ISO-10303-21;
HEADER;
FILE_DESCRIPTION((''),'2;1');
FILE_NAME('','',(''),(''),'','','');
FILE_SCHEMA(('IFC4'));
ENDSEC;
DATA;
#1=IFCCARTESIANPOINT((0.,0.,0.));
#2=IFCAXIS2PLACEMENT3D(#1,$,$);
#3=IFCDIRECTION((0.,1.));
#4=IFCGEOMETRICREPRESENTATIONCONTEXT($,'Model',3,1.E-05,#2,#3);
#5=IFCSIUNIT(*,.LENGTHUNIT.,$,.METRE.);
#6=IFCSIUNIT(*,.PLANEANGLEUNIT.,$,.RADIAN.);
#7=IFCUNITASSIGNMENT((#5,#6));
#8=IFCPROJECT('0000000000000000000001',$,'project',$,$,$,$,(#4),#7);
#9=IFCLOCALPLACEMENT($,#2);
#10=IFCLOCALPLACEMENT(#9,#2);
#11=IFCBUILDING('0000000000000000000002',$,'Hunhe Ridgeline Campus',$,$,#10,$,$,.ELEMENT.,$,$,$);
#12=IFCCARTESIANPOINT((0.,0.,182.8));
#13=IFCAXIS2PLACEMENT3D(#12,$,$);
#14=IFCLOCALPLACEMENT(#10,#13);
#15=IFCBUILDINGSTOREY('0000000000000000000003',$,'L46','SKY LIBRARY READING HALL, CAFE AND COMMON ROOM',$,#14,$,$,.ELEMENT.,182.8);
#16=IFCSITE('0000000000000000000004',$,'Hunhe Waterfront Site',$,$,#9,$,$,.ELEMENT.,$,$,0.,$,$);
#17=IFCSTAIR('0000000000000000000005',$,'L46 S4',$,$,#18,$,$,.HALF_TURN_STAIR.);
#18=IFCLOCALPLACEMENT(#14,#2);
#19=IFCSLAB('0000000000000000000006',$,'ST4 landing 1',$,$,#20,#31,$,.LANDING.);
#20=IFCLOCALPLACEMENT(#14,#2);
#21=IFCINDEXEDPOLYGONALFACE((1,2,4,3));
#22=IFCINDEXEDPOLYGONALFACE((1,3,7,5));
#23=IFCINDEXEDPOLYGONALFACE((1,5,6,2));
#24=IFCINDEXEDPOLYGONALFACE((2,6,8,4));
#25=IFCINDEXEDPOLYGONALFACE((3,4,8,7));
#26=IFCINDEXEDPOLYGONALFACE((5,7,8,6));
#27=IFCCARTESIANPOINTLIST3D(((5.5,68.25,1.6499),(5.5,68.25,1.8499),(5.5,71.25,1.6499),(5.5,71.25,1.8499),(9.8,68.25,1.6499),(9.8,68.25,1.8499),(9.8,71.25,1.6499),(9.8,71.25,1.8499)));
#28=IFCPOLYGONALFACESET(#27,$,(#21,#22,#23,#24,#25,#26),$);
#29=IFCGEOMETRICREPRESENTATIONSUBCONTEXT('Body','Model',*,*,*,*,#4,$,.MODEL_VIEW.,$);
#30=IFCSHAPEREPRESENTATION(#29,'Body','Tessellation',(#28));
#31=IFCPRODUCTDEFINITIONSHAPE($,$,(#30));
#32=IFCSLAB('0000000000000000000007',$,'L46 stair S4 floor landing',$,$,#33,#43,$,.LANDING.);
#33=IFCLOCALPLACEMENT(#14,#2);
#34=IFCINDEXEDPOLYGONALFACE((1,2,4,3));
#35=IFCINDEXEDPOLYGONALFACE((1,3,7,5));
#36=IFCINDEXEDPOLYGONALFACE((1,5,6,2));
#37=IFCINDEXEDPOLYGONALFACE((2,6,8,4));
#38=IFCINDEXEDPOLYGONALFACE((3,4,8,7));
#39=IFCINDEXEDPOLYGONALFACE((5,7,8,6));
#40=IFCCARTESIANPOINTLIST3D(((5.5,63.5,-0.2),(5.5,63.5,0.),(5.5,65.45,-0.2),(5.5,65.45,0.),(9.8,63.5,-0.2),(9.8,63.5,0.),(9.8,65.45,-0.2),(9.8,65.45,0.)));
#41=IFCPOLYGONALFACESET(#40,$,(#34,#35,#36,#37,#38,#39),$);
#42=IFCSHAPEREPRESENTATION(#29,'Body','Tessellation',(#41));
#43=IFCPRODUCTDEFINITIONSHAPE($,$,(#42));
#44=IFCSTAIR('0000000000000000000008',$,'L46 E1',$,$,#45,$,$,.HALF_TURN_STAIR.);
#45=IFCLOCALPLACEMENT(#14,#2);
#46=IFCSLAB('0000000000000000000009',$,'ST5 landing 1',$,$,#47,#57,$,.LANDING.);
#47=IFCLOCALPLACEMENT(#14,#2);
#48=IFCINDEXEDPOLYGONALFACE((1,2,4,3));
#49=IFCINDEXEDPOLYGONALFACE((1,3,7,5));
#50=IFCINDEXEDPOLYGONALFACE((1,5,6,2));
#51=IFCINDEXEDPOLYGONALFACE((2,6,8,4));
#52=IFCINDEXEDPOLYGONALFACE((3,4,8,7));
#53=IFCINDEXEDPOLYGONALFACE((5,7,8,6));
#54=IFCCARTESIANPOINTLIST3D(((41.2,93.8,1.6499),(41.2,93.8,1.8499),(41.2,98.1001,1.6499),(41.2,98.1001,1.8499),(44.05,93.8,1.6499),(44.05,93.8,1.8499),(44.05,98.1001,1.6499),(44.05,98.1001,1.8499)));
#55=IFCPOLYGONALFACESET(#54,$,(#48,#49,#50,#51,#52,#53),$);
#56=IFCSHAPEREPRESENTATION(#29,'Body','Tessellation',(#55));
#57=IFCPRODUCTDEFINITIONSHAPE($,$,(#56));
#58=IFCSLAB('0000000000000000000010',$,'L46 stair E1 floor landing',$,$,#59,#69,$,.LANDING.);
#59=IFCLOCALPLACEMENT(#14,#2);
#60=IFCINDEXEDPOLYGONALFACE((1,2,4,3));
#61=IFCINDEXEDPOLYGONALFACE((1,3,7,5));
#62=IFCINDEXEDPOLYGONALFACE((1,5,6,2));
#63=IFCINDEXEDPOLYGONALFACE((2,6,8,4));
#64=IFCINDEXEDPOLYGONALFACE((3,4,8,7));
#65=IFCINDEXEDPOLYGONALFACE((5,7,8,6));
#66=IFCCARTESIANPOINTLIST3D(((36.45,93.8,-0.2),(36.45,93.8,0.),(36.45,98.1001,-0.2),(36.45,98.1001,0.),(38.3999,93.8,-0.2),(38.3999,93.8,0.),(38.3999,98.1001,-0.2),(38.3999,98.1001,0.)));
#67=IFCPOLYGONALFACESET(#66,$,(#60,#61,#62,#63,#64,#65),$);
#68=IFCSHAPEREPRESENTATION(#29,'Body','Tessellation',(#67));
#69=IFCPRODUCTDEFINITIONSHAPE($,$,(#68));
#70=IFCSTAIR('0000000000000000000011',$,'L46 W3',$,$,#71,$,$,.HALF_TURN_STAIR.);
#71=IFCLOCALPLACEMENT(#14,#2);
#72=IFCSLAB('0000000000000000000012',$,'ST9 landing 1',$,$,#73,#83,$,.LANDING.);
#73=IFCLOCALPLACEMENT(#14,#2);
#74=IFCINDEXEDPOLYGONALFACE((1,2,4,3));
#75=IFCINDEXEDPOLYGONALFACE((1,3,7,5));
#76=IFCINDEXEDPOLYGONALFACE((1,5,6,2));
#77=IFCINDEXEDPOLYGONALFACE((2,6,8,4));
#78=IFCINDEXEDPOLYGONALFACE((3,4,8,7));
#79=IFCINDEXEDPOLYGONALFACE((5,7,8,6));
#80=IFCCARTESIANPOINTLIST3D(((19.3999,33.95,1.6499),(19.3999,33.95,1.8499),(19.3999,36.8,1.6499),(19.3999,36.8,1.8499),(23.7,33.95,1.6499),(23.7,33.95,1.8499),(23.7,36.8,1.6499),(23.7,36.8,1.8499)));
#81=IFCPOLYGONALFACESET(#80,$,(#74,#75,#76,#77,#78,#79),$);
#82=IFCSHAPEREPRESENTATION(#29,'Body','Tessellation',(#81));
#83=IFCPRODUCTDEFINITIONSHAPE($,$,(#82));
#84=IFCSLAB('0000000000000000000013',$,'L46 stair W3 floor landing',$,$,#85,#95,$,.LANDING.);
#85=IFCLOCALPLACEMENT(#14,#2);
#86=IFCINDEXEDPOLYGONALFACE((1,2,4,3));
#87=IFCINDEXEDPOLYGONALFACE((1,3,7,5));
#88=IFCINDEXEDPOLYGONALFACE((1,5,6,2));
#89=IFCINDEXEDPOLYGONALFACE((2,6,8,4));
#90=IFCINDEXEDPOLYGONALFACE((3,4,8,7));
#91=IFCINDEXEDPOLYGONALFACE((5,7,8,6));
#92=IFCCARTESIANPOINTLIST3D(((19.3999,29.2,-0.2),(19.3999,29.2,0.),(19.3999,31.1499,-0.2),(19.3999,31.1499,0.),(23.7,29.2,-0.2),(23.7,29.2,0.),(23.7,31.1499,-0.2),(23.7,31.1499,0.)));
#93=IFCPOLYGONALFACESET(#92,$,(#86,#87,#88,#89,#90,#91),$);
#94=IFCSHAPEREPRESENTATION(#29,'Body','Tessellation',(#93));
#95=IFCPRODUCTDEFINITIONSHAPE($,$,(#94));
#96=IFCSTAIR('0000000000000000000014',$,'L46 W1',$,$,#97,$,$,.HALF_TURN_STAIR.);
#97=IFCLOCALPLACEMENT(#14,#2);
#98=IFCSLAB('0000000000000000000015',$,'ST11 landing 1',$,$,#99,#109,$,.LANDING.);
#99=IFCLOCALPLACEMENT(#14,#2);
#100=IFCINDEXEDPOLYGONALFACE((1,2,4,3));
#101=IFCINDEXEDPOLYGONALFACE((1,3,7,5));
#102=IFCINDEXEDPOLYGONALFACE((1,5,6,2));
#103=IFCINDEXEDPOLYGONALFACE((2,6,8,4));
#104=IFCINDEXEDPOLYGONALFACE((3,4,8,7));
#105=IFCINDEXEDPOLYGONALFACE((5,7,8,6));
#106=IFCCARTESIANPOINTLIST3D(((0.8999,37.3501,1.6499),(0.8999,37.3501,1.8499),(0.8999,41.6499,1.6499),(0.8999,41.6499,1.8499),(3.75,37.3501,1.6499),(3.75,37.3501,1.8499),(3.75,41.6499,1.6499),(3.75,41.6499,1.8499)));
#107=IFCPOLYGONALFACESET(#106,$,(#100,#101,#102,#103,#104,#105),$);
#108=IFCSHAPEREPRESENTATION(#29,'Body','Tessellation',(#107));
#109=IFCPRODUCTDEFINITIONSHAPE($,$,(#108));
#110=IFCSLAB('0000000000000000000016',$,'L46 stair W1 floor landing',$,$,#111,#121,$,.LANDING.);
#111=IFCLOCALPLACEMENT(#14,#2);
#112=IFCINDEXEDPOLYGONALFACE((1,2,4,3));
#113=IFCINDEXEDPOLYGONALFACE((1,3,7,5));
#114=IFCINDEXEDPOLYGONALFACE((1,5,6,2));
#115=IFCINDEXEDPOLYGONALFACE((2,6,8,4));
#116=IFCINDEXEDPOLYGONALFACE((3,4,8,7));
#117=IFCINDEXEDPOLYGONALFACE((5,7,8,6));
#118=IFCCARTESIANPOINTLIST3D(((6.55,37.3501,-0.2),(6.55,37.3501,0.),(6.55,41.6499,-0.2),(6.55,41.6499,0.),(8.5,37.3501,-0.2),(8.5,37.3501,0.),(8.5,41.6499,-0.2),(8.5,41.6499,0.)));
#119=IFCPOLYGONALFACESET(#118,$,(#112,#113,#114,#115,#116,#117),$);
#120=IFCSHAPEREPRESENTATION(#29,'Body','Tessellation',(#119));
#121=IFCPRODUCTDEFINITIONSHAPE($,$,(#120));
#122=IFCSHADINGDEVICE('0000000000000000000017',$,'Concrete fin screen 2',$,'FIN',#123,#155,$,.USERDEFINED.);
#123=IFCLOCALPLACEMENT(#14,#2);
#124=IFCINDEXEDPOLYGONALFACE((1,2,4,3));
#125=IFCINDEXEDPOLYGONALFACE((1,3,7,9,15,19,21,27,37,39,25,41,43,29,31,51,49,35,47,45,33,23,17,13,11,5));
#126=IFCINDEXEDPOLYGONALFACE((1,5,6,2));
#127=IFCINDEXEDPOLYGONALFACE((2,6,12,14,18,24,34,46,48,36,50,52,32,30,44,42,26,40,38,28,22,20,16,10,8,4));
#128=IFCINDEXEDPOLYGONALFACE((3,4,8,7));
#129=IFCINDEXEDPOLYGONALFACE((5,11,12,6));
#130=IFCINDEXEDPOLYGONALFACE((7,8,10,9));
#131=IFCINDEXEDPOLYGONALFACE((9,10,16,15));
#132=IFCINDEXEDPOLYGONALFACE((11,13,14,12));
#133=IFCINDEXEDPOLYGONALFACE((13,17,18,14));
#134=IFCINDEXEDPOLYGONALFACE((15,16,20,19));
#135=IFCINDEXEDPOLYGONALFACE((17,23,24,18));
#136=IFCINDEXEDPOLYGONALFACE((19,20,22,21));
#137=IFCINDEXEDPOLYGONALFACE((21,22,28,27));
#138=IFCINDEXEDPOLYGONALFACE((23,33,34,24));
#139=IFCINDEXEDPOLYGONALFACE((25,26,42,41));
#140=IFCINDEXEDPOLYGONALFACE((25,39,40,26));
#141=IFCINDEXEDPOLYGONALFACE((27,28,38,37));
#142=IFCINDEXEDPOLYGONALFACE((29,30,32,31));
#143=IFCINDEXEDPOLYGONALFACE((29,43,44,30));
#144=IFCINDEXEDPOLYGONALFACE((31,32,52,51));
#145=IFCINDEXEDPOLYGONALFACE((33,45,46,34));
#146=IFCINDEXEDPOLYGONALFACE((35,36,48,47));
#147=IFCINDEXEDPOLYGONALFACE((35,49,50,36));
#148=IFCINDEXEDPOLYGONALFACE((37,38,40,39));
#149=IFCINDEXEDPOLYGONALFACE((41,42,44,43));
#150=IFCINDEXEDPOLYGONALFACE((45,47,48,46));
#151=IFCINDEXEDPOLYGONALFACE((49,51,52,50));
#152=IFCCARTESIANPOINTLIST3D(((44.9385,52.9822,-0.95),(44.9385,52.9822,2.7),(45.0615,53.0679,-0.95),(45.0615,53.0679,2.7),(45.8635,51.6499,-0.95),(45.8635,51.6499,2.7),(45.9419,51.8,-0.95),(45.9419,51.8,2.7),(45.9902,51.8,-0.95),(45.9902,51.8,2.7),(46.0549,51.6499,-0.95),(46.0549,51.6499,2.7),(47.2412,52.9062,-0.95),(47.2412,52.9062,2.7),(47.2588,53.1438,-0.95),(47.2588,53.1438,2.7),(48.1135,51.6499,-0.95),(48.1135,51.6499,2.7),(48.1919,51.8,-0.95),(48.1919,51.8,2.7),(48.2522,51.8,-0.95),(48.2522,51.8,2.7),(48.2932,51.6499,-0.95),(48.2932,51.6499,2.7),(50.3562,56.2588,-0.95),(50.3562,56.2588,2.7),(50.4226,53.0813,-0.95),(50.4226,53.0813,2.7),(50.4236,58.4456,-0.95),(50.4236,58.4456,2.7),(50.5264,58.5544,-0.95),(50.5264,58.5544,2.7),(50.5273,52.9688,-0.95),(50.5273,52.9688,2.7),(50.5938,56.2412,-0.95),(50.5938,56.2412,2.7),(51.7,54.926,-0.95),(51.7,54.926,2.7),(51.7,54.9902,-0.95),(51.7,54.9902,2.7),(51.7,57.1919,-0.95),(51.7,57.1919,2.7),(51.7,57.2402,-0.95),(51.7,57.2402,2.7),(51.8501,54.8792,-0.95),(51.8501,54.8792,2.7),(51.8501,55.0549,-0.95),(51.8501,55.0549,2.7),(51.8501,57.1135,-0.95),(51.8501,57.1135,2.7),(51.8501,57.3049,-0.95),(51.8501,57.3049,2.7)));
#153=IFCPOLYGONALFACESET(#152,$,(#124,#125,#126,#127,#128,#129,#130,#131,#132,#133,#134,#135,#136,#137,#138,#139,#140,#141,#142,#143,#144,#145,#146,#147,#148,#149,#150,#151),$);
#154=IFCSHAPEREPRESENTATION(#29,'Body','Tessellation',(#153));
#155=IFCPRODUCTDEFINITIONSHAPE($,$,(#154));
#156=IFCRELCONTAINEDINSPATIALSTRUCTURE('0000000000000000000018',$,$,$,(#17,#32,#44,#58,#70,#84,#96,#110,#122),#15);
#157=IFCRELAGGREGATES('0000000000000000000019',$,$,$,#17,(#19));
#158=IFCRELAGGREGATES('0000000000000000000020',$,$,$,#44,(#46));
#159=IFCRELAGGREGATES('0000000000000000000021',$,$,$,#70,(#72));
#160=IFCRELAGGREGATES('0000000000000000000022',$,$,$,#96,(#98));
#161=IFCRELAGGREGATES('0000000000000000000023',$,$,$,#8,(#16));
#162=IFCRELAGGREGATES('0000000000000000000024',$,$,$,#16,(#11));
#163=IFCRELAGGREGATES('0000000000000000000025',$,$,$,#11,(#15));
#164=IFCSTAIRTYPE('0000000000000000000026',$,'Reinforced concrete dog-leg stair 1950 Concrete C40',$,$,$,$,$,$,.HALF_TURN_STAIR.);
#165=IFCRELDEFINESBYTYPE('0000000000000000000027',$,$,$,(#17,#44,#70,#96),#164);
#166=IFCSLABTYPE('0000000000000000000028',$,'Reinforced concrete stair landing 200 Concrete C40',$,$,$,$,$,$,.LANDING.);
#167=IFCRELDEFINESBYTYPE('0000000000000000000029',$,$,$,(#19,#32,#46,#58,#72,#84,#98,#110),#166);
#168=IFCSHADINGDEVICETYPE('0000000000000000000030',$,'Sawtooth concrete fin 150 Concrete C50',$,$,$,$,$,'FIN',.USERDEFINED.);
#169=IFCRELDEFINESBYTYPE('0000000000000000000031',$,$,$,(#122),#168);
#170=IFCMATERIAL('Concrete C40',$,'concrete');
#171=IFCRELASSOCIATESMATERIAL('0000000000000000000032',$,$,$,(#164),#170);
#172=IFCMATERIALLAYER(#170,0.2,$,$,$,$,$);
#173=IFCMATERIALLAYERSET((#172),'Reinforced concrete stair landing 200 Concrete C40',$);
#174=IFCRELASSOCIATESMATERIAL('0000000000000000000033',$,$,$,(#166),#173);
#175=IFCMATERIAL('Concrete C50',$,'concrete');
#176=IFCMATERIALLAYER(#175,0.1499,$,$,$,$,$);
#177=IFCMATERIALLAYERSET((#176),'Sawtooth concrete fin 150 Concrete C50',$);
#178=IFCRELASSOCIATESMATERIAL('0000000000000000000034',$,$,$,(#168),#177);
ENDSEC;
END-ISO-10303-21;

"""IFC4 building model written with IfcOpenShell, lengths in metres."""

from ifc_helpers import new_model, si_unit, direction, frame, origin, place, context, subcontext, project, spatial, polyline, outline, extrude, material, layer, layer_set, type_object, element, aggregate, save


model = new_model("IFC4")

# Units and contexts
model_context = context("Model", 3, precision=1e-05, world=origin(), true_north=direction((0.0, 1.0)))
body_context = subcontext(model_context, "Body", "Model", "MODEL_VIEW")
ifc_project = project(units=[si_unit("LENGTHUNIT", "METRE"), si_unit("PLANEANGLEUNIT", "RADIAN")], contexts=[model_context])

# Site, building, storey
site_placement = place(None, origin())
site = spatial("IfcSite", under=ifc_project, at=site_placement, Name="Hunhe Waterfront Site", CompositionType="ELEMENT", RefElevation=0.0)
building_placement = place(site_placement, origin())
building = spatial("IfcBuilding", under=site, at=building_placement, Name="Hunhe Ridgeline Campus", CompositionType="ELEMENT")
storey_placement = place(building_placement, frame((0.0, 0.0, 182.8)))
storey = spatial("IfcBuildingStorey", under=building, at=storey_placement, Name="L46", Description="SKY LIBRARY READING HALL, CAFE AND COMMON ROOM", CompositionType="ELEMENT", Elevation=182.8)

# Shared definitions
ifc_material_1 = material(Name="Concrete C40", Category="concrete")

# Shared definitions
stair_type = type_object("IfcStairType", Name="Reinforced concrete dog-leg stair 1950 Concrete C40", PredefinedType="HALF_TURN_STAIR", material=ifc_material_1)
ifc_layer_1 = layer(ifc_material_1, 0.2)
ifc_layer_set_1 = layer_set([ifc_layer_1], Name="Reinforced concrete stair landing 200 Concrete C40")
slab_type_1 = type_object("IfcSlabType", Name="Reinforced concrete stair landing 200 Concrete C40", PredefinedType="LANDING", material=ifc_layer_set_1)

# Stair, slab
stair_1_placement = place(storey_placement, origin())
stair_1 = element("IfcStair", 1, at=stair_1_placement, inside=storey, type_object=stair_type, Name="L46 S4", PredefinedType="HALF_TURN_STAIR")
slab_1_placement = place(storey_placement, frame((0.0, 0.0, 1.6499)))
slab_1 = element("IfcSlab", 2, at=slab_1_placement, type_object=slab_type_1, Name="ST4 landing 1", PredefinedType="LANDING", context=body_context, shape_type="SweptSolid", body=[
    extrude(outline(polyline([(9.8, 68.25), (9.8, 71.25), (5.5, 71.25), (5.5, 68.25), (9.8, 68.25)])), origin(), (0.0, 0.0, 1.0), 0.2),
])
aggregate(stair_1, [slab_1])

# Slab
slab_2_placement = place(storey_placement, frame((0.0, 0.0, -0.2)))
element("IfcSlab", 3, at=slab_2_placement, inside=storey, type_object=slab_type_1, Name="L46 stair S4 floor landing", PredefinedType="LANDING", context=body_context, shape_type="SweptSolid", body=[
    extrude(outline(polyline([(9.8, 63.5), (9.8, 65.45), (5.5, 65.45), (5.5, 63.5), (9.8, 63.5)])), origin(), (0.0, 0.0, 1.0), 0.2),
])

# Stair, slab
stair_2_placement = place(storey_placement, origin())
stair_2 = element("IfcStair", 4, at=stair_2_placement, inside=storey, type_object=stair_type, Name="L46 E1", PredefinedType="HALF_TURN_STAIR")
slab_3_placement = place(storey_placement, frame((0.0, 0.0, 1.6499)))
slab_3 = element("IfcSlab", 5, at=slab_3_placement, type_object=slab_type_1, Name="ST5 landing 1", PredefinedType="LANDING", context=body_context, shape_type="SweptSolid", body=[
    extrude(outline(polyline([(41.2, 93.8), (44.05, 93.8), (44.05, 98.1001), (41.2, 98.1001), (41.2, 93.8)])), origin(), (0.0, 0.0, 1.0), 0.2),
])
aggregate(stair_2, [slab_3])

# Slab
slab_4_placement = place(storey_placement, frame((0.0, 0.0, -0.2)))
element("IfcSlab", 6, at=slab_4_placement, inside=storey, type_object=slab_type_1, Name="L46 stair E1 floor landing", PredefinedType="LANDING", context=body_context, shape_type="SweptSolid", body=[
    extrude(outline(polyline([(36.45, 93.8), (38.3999, 93.8), (38.3999, 98.1001), (36.45, 98.1001), (36.45, 93.8)])), origin(), (0.0, 0.0, 1.0), 0.2),
])

# Stair, slab
stair_3_placement = place(storey_placement, origin())
stair_3 = element("IfcStair", 7, at=stair_3_placement, inside=storey, type_object=stair_type, Name="L46 W3", PredefinedType="HALF_TURN_STAIR")
slab_5_placement = place(storey_placement, frame((0.0, 0.0, 1.6499)))
slab_5 = element("IfcSlab", 8, at=slab_5_placement, type_object=slab_type_1, Name="ST9 landing 1", PredefinedType="LANDING", context=body_context, shape_type="SweptSolid", body=[
    extrude(outline(polyline([(23.7, 33.95), (23.7, 36.8), (19.3999, 36.8), (19.3999, 33.95), (23.7, 33.95)])), origin(), (0.0, 0.0, 1.0), 0.2),
])
aggregate(stair_3, [slab_5])

# Slab
slab_6_placement = place(storey_placement, frame((0.0, 0.0, -0.2)))
element("IfcSlab", 9, at=slab_6_placement, inside=storey, type_object=slab_type_1, Name="L46 stair W3 floor landing", PredefinedType="LANDING", context=body_context, shape_type="SweptSolid", body=[
    extrude(outline(polyline([(23.7, 29.2), (23.7, 31.1499), (19.3999, 31.1499), (19.3999, 29.2), (23.7, 29.2)])), origin(), (0.0, 0.0, 1.0), 0.2),
])

# Stair, slab
stair_4_placement = place(storey_placement, origin())
stair_4 = element("IfcStair", 10, at=stair_4_placement, inside=storey, type_object=stair_type, Name="L46 W1", PredefinedType="HALF_TURN_STAIR")
slab_7_placement = place(storey_placement, frame((0.0, 0.0, 1.6499)))
slab_7 = element("IfcSlab", 11, at=slab_7_placement, type_object=slab_type_1, Name="ST11 landing 1", PredefinedType="LANDING", context=body_context, shape_type="SweptSolid", body=[
    extrude(outline(polyline([(3.75, 41.6499), (0.8999, 41.6499), (0.8999, 37.3501), (3.75, 37.3501), (3.75, 41.6499)])), origin(), (0.0, 0.0, 1.0), 0.2),
])
aggregate(stair_4, [slab_7])

# Slab
slab_8_placement = place(storey_placement, frame((0.0, 0.0, -0.2)))
element("IfcSlab", 12, at=slab_8_placement, inside=storey, type_object=slab_type_1, Name="L46 stair W1 floor landing", PredefinedType="LANDING", context=body_context, shape_type="SweptSolid", body=[
    extrude(outline(polyline([(8.5, 41.6499), (6.55, 41.6499), (6.55, 37.3501), (8.5, 37.3501), (8.5, 41.6499)])), origin(), (0.0, 0.0, 1.0), 0.2),
])

# Shading device
ifc_material_2 = material(Name="Concrete C50", Category="concrete")
ifc_layer_2 = layer(ifc_material_2, 0.1499)
ifc_layer_set_2 = layer_set([ifc_layer_2], Name="Sawtooth concrete fin 150 Concrete C50")
shading_device_type = type_object("IfcShadingDeviceType", Name="Sawtooth concrete fin 150 Concrete C50", ElementType="FIN", PredefinedType="USERDEFINED", material=ifc_layer_set_2)
shading_device_1_placement = place(storey_placement, frame((0.0, 0.0, -0.95)))
element("IfcShadingDevice", 13, at=shading_device_1_placement, inside=storey, type_object=shading_device_type, Name="Concrete fin screen 2", ObjectType="FIN", PredefinedType="USERDEFINED", context=body_context, shape_type="SweptSolid", body=[
    extrude(outline(polyline([(45.0615, 53.0679), (44.9385, 52.9822), (45.8635, 51.6499), (46.0549, 51.6499), (47.2412, 52.9062), (48.1135, 51.6499), (48.2932, 51.6499), (50.5273, 52.9688), (51.8501, 54.8792), (51.8501, 55.0549), (50.5938, 56.2412), (51.8501, 57.1135), (51.8501, 57.3049), (50.5264, 58.5544), (50.4236, 58.4456), (51.7, 57.2402), (51.7, 57.1919), (50.3562, 56.2588), (51.7, 54.9902), (51.7, 54.926), (50.4226, 53.0813), (48.2522, 51.8), (48.1919, 51.8), (47.2588, 53.1438), (45.9902, 51.8), (45.9419, 51.8), (45.0615, 53.0679)])), origin(), (0.0, 0.0, 1.0), 3.6499),
])

save(model, "model.ifc")
